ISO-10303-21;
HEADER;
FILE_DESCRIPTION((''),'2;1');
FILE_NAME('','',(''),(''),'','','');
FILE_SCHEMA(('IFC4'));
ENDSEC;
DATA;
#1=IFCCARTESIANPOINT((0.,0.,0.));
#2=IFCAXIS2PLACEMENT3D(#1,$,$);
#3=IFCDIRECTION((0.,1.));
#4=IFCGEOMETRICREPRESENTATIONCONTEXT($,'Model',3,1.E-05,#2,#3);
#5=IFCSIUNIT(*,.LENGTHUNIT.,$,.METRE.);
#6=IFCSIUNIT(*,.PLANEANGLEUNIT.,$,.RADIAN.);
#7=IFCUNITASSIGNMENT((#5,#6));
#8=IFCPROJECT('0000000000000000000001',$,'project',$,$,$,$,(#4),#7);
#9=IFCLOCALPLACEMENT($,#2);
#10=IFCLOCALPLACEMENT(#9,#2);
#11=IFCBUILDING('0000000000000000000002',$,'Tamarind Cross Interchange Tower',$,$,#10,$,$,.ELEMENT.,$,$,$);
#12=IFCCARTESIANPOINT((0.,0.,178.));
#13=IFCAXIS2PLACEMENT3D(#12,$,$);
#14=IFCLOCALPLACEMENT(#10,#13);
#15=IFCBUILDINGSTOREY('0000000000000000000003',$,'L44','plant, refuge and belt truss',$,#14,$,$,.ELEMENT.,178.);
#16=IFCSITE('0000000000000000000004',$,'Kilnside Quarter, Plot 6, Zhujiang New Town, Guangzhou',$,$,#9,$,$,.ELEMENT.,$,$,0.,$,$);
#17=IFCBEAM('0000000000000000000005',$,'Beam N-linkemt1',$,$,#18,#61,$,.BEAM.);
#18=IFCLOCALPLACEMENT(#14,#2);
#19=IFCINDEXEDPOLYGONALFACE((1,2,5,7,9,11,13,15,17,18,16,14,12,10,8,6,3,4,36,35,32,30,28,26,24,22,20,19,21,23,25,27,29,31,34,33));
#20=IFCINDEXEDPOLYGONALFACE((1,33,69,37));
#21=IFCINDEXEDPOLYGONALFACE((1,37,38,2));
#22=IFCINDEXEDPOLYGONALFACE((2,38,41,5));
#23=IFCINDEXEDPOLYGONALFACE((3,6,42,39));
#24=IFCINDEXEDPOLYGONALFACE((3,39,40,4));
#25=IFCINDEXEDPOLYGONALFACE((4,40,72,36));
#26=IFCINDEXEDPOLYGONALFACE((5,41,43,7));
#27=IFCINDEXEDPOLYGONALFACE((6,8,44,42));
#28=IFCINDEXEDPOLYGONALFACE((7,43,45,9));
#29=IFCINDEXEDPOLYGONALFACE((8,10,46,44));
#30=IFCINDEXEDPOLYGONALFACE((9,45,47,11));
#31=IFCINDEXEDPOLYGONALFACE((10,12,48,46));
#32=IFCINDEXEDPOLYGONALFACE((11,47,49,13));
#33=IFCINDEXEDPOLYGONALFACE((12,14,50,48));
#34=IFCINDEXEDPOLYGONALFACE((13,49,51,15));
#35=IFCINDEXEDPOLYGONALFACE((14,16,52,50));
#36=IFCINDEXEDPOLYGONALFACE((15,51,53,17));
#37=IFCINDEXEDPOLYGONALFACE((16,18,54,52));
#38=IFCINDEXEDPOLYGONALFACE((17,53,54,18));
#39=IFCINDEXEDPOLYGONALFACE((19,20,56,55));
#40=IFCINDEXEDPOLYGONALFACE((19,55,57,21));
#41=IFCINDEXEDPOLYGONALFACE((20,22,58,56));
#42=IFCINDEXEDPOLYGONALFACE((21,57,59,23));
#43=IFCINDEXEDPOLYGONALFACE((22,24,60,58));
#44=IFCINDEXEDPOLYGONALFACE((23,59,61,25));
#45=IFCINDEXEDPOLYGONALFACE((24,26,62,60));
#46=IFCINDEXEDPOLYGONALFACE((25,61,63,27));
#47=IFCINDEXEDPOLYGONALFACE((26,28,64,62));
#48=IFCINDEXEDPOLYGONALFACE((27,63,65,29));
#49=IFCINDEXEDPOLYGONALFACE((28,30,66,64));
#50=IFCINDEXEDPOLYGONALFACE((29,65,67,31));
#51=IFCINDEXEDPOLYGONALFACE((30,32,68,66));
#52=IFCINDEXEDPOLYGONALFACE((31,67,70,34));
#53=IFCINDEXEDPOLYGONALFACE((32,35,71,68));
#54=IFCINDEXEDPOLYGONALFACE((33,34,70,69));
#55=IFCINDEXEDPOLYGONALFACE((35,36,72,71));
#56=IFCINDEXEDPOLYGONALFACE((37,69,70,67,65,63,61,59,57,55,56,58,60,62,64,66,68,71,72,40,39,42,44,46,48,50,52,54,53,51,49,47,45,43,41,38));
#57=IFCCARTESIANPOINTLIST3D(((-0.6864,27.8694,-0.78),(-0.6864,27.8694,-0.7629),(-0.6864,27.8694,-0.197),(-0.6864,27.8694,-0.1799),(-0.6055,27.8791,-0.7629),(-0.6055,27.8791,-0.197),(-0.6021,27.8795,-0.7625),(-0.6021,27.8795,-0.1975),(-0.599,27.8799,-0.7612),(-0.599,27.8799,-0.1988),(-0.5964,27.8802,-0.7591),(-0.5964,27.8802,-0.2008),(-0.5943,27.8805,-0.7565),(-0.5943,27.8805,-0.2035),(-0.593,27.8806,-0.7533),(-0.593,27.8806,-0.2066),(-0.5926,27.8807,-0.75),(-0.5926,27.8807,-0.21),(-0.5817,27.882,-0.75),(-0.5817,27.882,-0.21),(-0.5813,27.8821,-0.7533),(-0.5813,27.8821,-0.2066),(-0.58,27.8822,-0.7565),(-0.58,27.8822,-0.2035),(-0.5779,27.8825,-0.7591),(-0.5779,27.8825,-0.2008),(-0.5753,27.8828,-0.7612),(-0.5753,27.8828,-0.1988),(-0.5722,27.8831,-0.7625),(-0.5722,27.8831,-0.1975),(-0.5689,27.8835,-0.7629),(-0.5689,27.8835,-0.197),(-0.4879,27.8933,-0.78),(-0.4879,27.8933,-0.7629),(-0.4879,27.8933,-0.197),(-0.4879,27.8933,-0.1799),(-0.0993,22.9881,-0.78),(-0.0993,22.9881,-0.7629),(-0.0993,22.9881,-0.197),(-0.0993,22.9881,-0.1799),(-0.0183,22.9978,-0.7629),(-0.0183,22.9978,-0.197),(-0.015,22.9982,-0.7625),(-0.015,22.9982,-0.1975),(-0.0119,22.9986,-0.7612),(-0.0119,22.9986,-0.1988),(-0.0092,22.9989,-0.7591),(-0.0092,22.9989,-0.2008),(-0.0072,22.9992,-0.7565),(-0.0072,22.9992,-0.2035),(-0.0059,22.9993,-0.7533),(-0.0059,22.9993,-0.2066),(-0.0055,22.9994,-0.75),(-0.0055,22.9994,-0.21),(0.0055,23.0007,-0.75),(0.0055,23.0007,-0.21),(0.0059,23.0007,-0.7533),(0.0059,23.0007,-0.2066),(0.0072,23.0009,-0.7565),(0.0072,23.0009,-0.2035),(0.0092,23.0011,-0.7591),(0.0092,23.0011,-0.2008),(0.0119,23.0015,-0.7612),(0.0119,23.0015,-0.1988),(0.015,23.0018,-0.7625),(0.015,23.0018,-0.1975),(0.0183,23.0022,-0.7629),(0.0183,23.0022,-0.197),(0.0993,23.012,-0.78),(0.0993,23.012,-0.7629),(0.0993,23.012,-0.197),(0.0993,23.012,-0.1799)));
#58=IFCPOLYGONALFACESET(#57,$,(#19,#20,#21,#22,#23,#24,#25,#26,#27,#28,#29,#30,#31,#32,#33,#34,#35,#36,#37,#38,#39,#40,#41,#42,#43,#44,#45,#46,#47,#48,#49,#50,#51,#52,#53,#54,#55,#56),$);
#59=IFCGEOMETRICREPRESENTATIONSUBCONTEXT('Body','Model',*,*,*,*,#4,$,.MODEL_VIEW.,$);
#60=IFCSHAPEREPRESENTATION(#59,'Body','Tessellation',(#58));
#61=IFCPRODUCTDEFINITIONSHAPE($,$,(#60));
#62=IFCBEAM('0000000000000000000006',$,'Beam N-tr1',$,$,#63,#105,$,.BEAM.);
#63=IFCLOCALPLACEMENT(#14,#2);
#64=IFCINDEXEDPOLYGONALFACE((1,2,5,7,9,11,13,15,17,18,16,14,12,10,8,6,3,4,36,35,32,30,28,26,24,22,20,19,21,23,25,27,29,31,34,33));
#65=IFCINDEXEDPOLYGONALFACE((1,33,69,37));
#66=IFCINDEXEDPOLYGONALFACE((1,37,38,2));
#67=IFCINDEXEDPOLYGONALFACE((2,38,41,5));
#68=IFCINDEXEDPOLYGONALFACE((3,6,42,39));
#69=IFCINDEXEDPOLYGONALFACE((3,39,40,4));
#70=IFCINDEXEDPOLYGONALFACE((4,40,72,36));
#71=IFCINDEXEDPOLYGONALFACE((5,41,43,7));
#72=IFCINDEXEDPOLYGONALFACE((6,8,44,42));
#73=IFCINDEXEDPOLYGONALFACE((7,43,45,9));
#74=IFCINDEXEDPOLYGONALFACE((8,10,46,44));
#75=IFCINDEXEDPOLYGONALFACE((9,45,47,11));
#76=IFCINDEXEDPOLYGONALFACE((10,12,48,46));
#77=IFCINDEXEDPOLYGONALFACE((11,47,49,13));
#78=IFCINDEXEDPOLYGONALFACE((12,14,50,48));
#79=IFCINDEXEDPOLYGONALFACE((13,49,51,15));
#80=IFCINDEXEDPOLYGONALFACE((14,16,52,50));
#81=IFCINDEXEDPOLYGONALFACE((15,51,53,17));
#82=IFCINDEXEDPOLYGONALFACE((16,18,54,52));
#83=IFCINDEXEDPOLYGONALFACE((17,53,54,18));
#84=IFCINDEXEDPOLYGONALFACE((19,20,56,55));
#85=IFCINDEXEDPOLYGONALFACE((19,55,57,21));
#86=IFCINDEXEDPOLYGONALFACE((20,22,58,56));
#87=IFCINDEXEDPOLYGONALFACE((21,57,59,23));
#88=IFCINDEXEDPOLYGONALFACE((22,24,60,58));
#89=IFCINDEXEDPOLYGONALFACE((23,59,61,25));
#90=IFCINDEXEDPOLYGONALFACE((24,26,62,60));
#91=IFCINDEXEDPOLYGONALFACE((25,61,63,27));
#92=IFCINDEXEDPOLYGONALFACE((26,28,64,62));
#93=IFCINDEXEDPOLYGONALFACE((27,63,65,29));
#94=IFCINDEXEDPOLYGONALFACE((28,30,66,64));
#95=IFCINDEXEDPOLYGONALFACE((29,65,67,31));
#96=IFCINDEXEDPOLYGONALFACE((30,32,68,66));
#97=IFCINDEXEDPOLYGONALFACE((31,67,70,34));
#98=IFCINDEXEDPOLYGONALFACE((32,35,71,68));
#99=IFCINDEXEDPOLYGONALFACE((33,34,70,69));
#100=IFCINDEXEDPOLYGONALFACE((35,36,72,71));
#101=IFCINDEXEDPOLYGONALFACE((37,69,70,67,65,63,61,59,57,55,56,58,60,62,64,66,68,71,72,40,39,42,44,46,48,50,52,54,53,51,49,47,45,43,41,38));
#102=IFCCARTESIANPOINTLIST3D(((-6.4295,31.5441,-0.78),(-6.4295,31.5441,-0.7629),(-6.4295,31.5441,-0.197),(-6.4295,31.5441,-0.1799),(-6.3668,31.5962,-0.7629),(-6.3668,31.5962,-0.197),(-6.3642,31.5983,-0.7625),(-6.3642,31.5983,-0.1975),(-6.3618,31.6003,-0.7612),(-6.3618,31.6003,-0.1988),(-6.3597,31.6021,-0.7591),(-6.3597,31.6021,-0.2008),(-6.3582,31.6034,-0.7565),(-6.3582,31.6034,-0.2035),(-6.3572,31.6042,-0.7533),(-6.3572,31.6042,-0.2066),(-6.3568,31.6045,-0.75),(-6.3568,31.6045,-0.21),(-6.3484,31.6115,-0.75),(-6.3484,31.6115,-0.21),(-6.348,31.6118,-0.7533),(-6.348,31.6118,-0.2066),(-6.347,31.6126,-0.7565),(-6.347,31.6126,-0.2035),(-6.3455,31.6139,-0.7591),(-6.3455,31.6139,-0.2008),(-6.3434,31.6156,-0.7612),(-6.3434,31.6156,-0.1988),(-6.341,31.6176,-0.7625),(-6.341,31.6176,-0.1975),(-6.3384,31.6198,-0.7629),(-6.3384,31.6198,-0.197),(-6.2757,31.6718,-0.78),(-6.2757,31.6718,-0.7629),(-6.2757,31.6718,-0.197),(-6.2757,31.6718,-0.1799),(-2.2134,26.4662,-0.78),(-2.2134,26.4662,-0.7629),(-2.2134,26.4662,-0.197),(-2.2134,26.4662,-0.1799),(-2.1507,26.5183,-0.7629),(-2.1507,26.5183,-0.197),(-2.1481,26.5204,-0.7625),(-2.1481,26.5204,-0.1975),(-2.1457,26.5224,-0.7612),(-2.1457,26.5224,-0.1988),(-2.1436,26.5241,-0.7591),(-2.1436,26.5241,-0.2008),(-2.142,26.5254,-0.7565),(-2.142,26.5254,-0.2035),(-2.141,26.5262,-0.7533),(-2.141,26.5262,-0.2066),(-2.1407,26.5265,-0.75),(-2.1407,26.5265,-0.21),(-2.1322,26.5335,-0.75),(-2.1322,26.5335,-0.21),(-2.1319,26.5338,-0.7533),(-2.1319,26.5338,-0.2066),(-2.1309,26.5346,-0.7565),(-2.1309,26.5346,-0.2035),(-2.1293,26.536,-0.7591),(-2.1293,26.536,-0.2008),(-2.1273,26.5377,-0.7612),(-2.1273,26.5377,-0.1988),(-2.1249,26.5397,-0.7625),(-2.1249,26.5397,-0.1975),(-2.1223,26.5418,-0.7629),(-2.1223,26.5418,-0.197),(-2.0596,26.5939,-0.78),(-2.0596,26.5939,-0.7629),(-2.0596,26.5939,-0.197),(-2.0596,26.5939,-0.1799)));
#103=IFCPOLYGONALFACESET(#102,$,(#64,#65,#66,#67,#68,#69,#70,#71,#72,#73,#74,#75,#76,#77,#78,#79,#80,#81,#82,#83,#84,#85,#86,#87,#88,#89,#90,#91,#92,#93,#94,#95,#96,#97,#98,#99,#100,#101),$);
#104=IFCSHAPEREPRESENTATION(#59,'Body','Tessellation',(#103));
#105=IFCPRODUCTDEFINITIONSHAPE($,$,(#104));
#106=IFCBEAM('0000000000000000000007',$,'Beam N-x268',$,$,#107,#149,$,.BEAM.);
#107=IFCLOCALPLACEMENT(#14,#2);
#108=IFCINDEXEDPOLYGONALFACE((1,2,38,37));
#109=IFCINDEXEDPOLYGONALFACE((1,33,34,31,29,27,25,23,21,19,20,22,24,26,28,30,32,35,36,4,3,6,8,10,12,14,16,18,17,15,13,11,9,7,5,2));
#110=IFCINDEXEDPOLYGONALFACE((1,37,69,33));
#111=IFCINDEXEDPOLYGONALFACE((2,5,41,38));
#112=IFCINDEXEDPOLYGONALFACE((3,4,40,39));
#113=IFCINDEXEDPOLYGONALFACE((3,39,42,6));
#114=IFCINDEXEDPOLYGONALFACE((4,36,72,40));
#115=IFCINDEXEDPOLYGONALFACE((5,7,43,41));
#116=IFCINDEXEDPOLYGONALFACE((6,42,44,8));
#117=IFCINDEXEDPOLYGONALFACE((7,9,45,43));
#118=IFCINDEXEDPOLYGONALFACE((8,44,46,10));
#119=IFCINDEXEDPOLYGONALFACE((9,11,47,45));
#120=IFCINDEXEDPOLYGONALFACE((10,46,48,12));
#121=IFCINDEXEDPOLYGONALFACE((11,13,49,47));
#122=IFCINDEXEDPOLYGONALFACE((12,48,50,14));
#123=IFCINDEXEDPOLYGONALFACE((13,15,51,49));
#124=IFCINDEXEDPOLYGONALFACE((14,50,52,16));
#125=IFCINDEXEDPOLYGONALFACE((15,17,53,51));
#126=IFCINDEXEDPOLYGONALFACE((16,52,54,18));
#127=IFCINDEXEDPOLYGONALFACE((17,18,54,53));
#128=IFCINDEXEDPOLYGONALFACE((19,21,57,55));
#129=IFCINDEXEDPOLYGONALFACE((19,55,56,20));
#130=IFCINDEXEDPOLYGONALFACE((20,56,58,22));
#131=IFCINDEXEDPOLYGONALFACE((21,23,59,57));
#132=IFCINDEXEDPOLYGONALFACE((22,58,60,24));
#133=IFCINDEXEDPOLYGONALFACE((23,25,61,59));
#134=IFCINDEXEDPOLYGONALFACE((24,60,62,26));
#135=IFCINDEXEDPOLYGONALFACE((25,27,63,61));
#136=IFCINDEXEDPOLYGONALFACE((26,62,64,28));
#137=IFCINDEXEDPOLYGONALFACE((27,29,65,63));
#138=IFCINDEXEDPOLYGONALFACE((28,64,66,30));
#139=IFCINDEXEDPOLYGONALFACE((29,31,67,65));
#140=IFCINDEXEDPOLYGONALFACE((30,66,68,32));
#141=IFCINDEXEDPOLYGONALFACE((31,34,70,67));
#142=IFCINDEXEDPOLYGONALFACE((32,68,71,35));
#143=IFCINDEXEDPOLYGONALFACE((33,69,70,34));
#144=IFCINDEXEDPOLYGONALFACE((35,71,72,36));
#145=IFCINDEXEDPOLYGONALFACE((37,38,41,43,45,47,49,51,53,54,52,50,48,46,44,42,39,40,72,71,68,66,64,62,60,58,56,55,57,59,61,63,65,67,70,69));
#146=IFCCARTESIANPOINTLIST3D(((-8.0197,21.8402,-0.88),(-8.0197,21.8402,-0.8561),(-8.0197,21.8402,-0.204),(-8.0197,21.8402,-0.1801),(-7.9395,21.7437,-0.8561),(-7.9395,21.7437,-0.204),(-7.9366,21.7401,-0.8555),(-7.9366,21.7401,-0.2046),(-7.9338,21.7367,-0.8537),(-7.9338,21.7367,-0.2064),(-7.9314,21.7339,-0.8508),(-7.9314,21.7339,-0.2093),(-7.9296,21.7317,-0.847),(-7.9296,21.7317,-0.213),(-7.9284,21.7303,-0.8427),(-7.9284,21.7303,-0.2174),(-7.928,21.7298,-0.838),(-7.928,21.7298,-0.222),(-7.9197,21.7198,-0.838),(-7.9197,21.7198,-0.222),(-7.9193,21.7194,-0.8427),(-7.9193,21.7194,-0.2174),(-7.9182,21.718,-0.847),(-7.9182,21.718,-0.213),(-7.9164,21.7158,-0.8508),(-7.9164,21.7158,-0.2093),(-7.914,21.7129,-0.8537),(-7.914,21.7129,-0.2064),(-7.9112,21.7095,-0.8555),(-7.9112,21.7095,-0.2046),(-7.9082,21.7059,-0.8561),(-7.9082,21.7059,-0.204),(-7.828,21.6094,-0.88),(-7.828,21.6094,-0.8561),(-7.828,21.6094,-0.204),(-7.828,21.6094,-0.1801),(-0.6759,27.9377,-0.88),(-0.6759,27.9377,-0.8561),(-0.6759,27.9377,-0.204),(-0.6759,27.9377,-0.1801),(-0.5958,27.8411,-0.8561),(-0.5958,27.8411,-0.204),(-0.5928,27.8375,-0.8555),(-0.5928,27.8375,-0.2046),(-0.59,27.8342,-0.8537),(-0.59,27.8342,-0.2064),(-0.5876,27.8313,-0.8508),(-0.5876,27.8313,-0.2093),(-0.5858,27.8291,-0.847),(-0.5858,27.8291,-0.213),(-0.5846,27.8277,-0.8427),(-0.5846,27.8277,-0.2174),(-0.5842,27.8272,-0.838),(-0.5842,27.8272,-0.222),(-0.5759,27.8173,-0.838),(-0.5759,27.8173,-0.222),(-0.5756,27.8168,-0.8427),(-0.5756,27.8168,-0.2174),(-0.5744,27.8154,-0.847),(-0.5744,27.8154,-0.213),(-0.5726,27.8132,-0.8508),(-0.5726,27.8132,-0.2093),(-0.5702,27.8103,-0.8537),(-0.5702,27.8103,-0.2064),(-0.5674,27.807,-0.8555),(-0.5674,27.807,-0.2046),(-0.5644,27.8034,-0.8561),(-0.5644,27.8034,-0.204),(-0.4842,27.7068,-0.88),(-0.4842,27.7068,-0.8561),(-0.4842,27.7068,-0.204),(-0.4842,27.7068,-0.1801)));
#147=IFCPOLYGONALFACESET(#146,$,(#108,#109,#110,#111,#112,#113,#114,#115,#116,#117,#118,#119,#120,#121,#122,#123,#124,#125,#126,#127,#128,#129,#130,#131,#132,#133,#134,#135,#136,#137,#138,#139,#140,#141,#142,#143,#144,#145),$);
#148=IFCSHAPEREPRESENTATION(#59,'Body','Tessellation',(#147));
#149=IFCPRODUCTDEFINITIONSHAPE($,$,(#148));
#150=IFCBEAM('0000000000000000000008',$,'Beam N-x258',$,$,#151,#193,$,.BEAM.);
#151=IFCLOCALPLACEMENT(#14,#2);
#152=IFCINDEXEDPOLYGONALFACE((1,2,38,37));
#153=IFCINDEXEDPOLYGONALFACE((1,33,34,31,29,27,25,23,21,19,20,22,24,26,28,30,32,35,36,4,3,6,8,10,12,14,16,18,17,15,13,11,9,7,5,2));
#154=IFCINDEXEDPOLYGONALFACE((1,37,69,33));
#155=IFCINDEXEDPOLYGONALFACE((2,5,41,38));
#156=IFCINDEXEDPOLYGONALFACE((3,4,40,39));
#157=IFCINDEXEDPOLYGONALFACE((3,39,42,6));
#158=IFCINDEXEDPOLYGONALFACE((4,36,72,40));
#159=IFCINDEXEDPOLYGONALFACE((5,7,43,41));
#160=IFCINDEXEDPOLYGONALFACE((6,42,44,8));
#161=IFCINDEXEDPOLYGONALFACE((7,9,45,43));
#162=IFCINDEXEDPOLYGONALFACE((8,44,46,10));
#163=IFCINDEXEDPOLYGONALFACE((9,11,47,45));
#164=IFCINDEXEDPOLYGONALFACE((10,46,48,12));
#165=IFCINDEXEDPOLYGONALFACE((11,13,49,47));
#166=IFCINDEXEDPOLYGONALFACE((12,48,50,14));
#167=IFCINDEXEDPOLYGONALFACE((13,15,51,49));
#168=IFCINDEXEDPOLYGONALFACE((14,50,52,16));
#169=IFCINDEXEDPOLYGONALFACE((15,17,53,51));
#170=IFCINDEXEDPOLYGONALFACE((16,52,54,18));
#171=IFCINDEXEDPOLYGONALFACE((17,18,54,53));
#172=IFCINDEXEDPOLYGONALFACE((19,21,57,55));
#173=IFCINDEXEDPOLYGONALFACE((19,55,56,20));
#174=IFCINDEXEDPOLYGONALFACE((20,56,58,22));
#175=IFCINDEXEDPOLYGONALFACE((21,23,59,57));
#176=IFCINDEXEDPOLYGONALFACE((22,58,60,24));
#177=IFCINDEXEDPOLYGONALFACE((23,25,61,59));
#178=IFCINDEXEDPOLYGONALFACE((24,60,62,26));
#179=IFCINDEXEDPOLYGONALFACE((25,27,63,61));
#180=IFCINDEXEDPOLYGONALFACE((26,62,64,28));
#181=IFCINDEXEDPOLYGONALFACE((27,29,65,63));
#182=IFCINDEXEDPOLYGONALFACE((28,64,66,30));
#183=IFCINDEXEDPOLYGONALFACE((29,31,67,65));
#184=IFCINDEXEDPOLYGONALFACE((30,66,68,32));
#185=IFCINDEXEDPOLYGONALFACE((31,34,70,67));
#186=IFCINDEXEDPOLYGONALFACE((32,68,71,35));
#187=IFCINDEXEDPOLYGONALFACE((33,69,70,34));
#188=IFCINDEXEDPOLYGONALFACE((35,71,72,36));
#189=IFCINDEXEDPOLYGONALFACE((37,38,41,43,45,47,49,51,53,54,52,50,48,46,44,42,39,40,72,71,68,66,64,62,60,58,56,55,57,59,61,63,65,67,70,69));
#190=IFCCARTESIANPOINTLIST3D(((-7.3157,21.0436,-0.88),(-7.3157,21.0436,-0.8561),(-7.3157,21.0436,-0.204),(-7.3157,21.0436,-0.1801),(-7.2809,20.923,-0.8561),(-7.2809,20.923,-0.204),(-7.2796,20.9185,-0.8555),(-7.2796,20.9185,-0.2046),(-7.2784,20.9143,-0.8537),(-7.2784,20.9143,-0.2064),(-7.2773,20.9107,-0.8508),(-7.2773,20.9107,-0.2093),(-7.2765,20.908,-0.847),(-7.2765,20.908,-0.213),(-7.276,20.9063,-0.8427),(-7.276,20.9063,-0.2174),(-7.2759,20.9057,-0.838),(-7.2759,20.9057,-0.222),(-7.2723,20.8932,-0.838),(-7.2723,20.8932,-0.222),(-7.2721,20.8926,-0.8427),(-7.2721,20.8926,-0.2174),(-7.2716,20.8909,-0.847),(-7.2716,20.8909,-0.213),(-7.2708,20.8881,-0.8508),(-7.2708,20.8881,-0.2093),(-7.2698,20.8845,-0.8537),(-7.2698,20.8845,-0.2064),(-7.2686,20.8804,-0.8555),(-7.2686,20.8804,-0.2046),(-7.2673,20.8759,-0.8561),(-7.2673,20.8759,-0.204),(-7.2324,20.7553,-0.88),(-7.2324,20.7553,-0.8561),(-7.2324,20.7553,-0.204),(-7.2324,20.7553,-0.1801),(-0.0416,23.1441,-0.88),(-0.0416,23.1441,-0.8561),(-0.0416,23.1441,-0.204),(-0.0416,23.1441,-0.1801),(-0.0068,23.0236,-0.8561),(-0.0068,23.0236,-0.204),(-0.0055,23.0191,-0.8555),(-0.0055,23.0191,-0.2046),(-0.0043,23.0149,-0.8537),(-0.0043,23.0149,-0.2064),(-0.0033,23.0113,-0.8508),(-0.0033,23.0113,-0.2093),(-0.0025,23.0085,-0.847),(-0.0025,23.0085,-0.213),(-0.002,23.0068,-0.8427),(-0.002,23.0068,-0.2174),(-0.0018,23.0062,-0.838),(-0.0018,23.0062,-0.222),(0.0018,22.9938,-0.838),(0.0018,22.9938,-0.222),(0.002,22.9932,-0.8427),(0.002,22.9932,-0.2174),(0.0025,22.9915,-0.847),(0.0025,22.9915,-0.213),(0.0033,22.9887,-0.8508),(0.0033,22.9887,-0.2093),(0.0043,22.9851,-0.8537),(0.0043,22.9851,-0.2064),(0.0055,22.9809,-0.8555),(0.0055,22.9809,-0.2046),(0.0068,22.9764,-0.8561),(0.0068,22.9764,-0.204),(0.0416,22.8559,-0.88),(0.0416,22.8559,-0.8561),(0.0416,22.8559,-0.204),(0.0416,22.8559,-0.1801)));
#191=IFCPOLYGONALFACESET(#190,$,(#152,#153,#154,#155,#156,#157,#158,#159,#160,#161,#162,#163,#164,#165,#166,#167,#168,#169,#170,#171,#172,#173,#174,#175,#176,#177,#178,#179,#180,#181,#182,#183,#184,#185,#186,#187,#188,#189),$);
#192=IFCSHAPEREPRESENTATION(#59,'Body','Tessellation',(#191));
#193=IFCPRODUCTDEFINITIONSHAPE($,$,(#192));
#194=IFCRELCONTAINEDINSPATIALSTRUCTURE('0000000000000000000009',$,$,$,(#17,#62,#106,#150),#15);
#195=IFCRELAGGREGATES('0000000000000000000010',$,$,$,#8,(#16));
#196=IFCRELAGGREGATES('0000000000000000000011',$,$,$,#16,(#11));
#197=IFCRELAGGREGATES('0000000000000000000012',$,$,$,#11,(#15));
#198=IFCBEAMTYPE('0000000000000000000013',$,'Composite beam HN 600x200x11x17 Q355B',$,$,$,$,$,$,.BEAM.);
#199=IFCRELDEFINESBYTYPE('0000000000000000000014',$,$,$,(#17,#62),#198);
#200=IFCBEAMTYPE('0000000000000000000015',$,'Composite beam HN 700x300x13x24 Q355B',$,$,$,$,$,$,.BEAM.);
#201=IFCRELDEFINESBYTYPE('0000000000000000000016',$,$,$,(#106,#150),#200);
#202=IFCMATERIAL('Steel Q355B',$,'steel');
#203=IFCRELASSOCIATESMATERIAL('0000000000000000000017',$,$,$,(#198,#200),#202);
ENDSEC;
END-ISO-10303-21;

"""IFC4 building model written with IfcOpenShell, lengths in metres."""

from ifc_helpers import new_model, si_unit, direction, frame, origin, origin_2d, place, context, subcontext, project, spatial, i_section, extrude, material, material_profile, profile_set, type_object, element, save


model = new_model("IFC4")

# Units and contexts
model_context = context("Model", 3, precision=1e-05, world=origin(), true_north=direction((0.0, 1.0)))
body_context = subcontext(model_context, "Body", "Model", "MODEL_VIEW")
ifc_project = project(units=[si_unit("LENGTHUNIT", "METRE"), si_unit("PLANEANGLEUNIT", "RADIAN")], contexts=[model_context])

# Site, building, storey
site_placement = place(None, origin())
site = spatial("IfcSite", under=ifc_project, at=site_placement, Name="Kilnside Quarter, Plot 6, Zhujiang New Town, Guangzhou", CompositionType="ELEMENT", RefElevation=0.0)
building_placement = place(site_placement, origin())
building = spatial("IfcBuilding", under=site, at=building_placement, Name="Tamarind Cross Interchange Tower", CompositionType="ELEMENT")
storey_placement = place(building_placement, frame((0.0, 0.0, 178.0)))
storey = spatial("IfcBuildingStorey", under=building, at=storey_placement, Name="L44", Description="plant, refuge and belt truss", CompositionType="ELEMENT", Elevation=178.0)

# Beams
ifc_material_1 = material(Name="Steel Q355B", Category="steel")
ifc_material_profile_1 = material_profile(ifc_material_1, i_section(OverallWidth=0.2, OverallDepth=0.6001, WebThickness=0.011, FlangeThickness=0.0171, FilletRadius=0.0129, at=origin_2d()), Name="HN 600x200x11x17")
ifc_profile_set_1 = profile_set([ifc_material_profile_1], Name="Steel Q355B")
beam_type_1 = type_object("IfcBeamType", Name="Composite beam HN 600x200x11x17 Q355B", PredefinedType="BEAM", material=ifc_profile_set_1)
beam_1_placement = place(storey_placement, frame((-0.5872, 27.8813, -0.48), z_axis=(0.119425, -0.992843, 0.0), x_axis=(0.992843, 0.119425, 0.0)))
element("IfcBeam", 1, at=beam_1_placement, inside=storey, type_object=beam_type_1, Name="Beam N-linkemt1", PredefinedType="BEAM", context=body_context, shape_type="SweptSolid", body=[
    extrude(i_section(OverallWidth=0.2, OverallDepth=0.6001, WebThickness=0.011, FlangeThickness=0.0171, FilletRadius=0.0129, at=origin_2d()), origin(), (0.0, 0.0, 1.0), 4.9165),
])
beam_2_placement = place(storey_placement, frame((-2.1365, 26.53, -0.48), z_axis=(-0.638797, 0.769375, 0.0), x_axis=(-0.769375, -0.638797, 0.0)))
element("IfcBeam", 2, at=beam_2_placement, inside=storey, type_object=beam_type_1, Name="Beam N-tr1", PredefinedType="BEAM", context=body_context, shape_type="SweptSolid", body=[
    extrude(i_section(OverallWidth=0.2, OverallDepth=0.6001, WebThickness=0.011, FlangeThickness=0.0171, FilletRadius=0.0129, at=origin_2d()), origin(), (0.0, 0.0, 1.0), 6.6001),
])
ifc_material_profile_2 = material_profile(ifc_material_1, i_section(OverallWidth=0.3, OverallDepth=0.7, WebThickness=0.0129, FlangeThickness=0.0239, FilletRadius=0.0181, at=origin_2d()), Name="HN 700x300x13x24")
ifc_profile_set_2 = profile_set([ifc_material_profile_2], Name="Steel Q355B")
beam_type_2 = type_object("IfcBeamType", Name="Composite beam HN 700x300x13x24 Q355B", PredefinedType="BEAM", material=ifc_profile_set_2)
beam_3_placement = place(storey_placement, frame((-0.5801, 27.8223, -0.53), z_axis=(-0.769373, -0.6388, 0.0), x_axis=(0.6388, -0.769373, 0.0)))
element("IfcBeam", 3, at=beam_3_placement, inside=storey, type_object=beam_type_2, Name="Beam N-x268", PredefinedType="BEAM", context=body_context, shape_type="SweptSolid", body=[
    extrude(i_section(OverallWidth=0.3, OverallDepth=0.7, WebThickness=0.0129, FlangeThickness=0.0239, FilletRadius=0.0181, at=origin_2d()), origin(), (0.0, 0.0, 1.0), 9.5452),
])
beam_4_placement = place(storey_placement, frame((0.0, 23.0, -0.53), z_axis=(-0.960744, -0.277437, 0.0), x_axis=(0.277437, -0.960744, 0.0)))
element("IfcBeam", 4, at=beam_4_placement, inside=storey, type_object=beam_type_2, Name="Beam N-x258", PredefinedType="BEAM", context=body_context, shape_type="SweptSolid", body=[
    extrude(i_section(OverallWidth=0.3, OverallDepth=0.7, WebThickness=0.0129, FlangeThickness=0.0239, FilletRadius=0.0181, at=origin_2d()), origin(), (0.0, 0.0, 1.0), 7.5713),
])

save(model, "model.ifc")
